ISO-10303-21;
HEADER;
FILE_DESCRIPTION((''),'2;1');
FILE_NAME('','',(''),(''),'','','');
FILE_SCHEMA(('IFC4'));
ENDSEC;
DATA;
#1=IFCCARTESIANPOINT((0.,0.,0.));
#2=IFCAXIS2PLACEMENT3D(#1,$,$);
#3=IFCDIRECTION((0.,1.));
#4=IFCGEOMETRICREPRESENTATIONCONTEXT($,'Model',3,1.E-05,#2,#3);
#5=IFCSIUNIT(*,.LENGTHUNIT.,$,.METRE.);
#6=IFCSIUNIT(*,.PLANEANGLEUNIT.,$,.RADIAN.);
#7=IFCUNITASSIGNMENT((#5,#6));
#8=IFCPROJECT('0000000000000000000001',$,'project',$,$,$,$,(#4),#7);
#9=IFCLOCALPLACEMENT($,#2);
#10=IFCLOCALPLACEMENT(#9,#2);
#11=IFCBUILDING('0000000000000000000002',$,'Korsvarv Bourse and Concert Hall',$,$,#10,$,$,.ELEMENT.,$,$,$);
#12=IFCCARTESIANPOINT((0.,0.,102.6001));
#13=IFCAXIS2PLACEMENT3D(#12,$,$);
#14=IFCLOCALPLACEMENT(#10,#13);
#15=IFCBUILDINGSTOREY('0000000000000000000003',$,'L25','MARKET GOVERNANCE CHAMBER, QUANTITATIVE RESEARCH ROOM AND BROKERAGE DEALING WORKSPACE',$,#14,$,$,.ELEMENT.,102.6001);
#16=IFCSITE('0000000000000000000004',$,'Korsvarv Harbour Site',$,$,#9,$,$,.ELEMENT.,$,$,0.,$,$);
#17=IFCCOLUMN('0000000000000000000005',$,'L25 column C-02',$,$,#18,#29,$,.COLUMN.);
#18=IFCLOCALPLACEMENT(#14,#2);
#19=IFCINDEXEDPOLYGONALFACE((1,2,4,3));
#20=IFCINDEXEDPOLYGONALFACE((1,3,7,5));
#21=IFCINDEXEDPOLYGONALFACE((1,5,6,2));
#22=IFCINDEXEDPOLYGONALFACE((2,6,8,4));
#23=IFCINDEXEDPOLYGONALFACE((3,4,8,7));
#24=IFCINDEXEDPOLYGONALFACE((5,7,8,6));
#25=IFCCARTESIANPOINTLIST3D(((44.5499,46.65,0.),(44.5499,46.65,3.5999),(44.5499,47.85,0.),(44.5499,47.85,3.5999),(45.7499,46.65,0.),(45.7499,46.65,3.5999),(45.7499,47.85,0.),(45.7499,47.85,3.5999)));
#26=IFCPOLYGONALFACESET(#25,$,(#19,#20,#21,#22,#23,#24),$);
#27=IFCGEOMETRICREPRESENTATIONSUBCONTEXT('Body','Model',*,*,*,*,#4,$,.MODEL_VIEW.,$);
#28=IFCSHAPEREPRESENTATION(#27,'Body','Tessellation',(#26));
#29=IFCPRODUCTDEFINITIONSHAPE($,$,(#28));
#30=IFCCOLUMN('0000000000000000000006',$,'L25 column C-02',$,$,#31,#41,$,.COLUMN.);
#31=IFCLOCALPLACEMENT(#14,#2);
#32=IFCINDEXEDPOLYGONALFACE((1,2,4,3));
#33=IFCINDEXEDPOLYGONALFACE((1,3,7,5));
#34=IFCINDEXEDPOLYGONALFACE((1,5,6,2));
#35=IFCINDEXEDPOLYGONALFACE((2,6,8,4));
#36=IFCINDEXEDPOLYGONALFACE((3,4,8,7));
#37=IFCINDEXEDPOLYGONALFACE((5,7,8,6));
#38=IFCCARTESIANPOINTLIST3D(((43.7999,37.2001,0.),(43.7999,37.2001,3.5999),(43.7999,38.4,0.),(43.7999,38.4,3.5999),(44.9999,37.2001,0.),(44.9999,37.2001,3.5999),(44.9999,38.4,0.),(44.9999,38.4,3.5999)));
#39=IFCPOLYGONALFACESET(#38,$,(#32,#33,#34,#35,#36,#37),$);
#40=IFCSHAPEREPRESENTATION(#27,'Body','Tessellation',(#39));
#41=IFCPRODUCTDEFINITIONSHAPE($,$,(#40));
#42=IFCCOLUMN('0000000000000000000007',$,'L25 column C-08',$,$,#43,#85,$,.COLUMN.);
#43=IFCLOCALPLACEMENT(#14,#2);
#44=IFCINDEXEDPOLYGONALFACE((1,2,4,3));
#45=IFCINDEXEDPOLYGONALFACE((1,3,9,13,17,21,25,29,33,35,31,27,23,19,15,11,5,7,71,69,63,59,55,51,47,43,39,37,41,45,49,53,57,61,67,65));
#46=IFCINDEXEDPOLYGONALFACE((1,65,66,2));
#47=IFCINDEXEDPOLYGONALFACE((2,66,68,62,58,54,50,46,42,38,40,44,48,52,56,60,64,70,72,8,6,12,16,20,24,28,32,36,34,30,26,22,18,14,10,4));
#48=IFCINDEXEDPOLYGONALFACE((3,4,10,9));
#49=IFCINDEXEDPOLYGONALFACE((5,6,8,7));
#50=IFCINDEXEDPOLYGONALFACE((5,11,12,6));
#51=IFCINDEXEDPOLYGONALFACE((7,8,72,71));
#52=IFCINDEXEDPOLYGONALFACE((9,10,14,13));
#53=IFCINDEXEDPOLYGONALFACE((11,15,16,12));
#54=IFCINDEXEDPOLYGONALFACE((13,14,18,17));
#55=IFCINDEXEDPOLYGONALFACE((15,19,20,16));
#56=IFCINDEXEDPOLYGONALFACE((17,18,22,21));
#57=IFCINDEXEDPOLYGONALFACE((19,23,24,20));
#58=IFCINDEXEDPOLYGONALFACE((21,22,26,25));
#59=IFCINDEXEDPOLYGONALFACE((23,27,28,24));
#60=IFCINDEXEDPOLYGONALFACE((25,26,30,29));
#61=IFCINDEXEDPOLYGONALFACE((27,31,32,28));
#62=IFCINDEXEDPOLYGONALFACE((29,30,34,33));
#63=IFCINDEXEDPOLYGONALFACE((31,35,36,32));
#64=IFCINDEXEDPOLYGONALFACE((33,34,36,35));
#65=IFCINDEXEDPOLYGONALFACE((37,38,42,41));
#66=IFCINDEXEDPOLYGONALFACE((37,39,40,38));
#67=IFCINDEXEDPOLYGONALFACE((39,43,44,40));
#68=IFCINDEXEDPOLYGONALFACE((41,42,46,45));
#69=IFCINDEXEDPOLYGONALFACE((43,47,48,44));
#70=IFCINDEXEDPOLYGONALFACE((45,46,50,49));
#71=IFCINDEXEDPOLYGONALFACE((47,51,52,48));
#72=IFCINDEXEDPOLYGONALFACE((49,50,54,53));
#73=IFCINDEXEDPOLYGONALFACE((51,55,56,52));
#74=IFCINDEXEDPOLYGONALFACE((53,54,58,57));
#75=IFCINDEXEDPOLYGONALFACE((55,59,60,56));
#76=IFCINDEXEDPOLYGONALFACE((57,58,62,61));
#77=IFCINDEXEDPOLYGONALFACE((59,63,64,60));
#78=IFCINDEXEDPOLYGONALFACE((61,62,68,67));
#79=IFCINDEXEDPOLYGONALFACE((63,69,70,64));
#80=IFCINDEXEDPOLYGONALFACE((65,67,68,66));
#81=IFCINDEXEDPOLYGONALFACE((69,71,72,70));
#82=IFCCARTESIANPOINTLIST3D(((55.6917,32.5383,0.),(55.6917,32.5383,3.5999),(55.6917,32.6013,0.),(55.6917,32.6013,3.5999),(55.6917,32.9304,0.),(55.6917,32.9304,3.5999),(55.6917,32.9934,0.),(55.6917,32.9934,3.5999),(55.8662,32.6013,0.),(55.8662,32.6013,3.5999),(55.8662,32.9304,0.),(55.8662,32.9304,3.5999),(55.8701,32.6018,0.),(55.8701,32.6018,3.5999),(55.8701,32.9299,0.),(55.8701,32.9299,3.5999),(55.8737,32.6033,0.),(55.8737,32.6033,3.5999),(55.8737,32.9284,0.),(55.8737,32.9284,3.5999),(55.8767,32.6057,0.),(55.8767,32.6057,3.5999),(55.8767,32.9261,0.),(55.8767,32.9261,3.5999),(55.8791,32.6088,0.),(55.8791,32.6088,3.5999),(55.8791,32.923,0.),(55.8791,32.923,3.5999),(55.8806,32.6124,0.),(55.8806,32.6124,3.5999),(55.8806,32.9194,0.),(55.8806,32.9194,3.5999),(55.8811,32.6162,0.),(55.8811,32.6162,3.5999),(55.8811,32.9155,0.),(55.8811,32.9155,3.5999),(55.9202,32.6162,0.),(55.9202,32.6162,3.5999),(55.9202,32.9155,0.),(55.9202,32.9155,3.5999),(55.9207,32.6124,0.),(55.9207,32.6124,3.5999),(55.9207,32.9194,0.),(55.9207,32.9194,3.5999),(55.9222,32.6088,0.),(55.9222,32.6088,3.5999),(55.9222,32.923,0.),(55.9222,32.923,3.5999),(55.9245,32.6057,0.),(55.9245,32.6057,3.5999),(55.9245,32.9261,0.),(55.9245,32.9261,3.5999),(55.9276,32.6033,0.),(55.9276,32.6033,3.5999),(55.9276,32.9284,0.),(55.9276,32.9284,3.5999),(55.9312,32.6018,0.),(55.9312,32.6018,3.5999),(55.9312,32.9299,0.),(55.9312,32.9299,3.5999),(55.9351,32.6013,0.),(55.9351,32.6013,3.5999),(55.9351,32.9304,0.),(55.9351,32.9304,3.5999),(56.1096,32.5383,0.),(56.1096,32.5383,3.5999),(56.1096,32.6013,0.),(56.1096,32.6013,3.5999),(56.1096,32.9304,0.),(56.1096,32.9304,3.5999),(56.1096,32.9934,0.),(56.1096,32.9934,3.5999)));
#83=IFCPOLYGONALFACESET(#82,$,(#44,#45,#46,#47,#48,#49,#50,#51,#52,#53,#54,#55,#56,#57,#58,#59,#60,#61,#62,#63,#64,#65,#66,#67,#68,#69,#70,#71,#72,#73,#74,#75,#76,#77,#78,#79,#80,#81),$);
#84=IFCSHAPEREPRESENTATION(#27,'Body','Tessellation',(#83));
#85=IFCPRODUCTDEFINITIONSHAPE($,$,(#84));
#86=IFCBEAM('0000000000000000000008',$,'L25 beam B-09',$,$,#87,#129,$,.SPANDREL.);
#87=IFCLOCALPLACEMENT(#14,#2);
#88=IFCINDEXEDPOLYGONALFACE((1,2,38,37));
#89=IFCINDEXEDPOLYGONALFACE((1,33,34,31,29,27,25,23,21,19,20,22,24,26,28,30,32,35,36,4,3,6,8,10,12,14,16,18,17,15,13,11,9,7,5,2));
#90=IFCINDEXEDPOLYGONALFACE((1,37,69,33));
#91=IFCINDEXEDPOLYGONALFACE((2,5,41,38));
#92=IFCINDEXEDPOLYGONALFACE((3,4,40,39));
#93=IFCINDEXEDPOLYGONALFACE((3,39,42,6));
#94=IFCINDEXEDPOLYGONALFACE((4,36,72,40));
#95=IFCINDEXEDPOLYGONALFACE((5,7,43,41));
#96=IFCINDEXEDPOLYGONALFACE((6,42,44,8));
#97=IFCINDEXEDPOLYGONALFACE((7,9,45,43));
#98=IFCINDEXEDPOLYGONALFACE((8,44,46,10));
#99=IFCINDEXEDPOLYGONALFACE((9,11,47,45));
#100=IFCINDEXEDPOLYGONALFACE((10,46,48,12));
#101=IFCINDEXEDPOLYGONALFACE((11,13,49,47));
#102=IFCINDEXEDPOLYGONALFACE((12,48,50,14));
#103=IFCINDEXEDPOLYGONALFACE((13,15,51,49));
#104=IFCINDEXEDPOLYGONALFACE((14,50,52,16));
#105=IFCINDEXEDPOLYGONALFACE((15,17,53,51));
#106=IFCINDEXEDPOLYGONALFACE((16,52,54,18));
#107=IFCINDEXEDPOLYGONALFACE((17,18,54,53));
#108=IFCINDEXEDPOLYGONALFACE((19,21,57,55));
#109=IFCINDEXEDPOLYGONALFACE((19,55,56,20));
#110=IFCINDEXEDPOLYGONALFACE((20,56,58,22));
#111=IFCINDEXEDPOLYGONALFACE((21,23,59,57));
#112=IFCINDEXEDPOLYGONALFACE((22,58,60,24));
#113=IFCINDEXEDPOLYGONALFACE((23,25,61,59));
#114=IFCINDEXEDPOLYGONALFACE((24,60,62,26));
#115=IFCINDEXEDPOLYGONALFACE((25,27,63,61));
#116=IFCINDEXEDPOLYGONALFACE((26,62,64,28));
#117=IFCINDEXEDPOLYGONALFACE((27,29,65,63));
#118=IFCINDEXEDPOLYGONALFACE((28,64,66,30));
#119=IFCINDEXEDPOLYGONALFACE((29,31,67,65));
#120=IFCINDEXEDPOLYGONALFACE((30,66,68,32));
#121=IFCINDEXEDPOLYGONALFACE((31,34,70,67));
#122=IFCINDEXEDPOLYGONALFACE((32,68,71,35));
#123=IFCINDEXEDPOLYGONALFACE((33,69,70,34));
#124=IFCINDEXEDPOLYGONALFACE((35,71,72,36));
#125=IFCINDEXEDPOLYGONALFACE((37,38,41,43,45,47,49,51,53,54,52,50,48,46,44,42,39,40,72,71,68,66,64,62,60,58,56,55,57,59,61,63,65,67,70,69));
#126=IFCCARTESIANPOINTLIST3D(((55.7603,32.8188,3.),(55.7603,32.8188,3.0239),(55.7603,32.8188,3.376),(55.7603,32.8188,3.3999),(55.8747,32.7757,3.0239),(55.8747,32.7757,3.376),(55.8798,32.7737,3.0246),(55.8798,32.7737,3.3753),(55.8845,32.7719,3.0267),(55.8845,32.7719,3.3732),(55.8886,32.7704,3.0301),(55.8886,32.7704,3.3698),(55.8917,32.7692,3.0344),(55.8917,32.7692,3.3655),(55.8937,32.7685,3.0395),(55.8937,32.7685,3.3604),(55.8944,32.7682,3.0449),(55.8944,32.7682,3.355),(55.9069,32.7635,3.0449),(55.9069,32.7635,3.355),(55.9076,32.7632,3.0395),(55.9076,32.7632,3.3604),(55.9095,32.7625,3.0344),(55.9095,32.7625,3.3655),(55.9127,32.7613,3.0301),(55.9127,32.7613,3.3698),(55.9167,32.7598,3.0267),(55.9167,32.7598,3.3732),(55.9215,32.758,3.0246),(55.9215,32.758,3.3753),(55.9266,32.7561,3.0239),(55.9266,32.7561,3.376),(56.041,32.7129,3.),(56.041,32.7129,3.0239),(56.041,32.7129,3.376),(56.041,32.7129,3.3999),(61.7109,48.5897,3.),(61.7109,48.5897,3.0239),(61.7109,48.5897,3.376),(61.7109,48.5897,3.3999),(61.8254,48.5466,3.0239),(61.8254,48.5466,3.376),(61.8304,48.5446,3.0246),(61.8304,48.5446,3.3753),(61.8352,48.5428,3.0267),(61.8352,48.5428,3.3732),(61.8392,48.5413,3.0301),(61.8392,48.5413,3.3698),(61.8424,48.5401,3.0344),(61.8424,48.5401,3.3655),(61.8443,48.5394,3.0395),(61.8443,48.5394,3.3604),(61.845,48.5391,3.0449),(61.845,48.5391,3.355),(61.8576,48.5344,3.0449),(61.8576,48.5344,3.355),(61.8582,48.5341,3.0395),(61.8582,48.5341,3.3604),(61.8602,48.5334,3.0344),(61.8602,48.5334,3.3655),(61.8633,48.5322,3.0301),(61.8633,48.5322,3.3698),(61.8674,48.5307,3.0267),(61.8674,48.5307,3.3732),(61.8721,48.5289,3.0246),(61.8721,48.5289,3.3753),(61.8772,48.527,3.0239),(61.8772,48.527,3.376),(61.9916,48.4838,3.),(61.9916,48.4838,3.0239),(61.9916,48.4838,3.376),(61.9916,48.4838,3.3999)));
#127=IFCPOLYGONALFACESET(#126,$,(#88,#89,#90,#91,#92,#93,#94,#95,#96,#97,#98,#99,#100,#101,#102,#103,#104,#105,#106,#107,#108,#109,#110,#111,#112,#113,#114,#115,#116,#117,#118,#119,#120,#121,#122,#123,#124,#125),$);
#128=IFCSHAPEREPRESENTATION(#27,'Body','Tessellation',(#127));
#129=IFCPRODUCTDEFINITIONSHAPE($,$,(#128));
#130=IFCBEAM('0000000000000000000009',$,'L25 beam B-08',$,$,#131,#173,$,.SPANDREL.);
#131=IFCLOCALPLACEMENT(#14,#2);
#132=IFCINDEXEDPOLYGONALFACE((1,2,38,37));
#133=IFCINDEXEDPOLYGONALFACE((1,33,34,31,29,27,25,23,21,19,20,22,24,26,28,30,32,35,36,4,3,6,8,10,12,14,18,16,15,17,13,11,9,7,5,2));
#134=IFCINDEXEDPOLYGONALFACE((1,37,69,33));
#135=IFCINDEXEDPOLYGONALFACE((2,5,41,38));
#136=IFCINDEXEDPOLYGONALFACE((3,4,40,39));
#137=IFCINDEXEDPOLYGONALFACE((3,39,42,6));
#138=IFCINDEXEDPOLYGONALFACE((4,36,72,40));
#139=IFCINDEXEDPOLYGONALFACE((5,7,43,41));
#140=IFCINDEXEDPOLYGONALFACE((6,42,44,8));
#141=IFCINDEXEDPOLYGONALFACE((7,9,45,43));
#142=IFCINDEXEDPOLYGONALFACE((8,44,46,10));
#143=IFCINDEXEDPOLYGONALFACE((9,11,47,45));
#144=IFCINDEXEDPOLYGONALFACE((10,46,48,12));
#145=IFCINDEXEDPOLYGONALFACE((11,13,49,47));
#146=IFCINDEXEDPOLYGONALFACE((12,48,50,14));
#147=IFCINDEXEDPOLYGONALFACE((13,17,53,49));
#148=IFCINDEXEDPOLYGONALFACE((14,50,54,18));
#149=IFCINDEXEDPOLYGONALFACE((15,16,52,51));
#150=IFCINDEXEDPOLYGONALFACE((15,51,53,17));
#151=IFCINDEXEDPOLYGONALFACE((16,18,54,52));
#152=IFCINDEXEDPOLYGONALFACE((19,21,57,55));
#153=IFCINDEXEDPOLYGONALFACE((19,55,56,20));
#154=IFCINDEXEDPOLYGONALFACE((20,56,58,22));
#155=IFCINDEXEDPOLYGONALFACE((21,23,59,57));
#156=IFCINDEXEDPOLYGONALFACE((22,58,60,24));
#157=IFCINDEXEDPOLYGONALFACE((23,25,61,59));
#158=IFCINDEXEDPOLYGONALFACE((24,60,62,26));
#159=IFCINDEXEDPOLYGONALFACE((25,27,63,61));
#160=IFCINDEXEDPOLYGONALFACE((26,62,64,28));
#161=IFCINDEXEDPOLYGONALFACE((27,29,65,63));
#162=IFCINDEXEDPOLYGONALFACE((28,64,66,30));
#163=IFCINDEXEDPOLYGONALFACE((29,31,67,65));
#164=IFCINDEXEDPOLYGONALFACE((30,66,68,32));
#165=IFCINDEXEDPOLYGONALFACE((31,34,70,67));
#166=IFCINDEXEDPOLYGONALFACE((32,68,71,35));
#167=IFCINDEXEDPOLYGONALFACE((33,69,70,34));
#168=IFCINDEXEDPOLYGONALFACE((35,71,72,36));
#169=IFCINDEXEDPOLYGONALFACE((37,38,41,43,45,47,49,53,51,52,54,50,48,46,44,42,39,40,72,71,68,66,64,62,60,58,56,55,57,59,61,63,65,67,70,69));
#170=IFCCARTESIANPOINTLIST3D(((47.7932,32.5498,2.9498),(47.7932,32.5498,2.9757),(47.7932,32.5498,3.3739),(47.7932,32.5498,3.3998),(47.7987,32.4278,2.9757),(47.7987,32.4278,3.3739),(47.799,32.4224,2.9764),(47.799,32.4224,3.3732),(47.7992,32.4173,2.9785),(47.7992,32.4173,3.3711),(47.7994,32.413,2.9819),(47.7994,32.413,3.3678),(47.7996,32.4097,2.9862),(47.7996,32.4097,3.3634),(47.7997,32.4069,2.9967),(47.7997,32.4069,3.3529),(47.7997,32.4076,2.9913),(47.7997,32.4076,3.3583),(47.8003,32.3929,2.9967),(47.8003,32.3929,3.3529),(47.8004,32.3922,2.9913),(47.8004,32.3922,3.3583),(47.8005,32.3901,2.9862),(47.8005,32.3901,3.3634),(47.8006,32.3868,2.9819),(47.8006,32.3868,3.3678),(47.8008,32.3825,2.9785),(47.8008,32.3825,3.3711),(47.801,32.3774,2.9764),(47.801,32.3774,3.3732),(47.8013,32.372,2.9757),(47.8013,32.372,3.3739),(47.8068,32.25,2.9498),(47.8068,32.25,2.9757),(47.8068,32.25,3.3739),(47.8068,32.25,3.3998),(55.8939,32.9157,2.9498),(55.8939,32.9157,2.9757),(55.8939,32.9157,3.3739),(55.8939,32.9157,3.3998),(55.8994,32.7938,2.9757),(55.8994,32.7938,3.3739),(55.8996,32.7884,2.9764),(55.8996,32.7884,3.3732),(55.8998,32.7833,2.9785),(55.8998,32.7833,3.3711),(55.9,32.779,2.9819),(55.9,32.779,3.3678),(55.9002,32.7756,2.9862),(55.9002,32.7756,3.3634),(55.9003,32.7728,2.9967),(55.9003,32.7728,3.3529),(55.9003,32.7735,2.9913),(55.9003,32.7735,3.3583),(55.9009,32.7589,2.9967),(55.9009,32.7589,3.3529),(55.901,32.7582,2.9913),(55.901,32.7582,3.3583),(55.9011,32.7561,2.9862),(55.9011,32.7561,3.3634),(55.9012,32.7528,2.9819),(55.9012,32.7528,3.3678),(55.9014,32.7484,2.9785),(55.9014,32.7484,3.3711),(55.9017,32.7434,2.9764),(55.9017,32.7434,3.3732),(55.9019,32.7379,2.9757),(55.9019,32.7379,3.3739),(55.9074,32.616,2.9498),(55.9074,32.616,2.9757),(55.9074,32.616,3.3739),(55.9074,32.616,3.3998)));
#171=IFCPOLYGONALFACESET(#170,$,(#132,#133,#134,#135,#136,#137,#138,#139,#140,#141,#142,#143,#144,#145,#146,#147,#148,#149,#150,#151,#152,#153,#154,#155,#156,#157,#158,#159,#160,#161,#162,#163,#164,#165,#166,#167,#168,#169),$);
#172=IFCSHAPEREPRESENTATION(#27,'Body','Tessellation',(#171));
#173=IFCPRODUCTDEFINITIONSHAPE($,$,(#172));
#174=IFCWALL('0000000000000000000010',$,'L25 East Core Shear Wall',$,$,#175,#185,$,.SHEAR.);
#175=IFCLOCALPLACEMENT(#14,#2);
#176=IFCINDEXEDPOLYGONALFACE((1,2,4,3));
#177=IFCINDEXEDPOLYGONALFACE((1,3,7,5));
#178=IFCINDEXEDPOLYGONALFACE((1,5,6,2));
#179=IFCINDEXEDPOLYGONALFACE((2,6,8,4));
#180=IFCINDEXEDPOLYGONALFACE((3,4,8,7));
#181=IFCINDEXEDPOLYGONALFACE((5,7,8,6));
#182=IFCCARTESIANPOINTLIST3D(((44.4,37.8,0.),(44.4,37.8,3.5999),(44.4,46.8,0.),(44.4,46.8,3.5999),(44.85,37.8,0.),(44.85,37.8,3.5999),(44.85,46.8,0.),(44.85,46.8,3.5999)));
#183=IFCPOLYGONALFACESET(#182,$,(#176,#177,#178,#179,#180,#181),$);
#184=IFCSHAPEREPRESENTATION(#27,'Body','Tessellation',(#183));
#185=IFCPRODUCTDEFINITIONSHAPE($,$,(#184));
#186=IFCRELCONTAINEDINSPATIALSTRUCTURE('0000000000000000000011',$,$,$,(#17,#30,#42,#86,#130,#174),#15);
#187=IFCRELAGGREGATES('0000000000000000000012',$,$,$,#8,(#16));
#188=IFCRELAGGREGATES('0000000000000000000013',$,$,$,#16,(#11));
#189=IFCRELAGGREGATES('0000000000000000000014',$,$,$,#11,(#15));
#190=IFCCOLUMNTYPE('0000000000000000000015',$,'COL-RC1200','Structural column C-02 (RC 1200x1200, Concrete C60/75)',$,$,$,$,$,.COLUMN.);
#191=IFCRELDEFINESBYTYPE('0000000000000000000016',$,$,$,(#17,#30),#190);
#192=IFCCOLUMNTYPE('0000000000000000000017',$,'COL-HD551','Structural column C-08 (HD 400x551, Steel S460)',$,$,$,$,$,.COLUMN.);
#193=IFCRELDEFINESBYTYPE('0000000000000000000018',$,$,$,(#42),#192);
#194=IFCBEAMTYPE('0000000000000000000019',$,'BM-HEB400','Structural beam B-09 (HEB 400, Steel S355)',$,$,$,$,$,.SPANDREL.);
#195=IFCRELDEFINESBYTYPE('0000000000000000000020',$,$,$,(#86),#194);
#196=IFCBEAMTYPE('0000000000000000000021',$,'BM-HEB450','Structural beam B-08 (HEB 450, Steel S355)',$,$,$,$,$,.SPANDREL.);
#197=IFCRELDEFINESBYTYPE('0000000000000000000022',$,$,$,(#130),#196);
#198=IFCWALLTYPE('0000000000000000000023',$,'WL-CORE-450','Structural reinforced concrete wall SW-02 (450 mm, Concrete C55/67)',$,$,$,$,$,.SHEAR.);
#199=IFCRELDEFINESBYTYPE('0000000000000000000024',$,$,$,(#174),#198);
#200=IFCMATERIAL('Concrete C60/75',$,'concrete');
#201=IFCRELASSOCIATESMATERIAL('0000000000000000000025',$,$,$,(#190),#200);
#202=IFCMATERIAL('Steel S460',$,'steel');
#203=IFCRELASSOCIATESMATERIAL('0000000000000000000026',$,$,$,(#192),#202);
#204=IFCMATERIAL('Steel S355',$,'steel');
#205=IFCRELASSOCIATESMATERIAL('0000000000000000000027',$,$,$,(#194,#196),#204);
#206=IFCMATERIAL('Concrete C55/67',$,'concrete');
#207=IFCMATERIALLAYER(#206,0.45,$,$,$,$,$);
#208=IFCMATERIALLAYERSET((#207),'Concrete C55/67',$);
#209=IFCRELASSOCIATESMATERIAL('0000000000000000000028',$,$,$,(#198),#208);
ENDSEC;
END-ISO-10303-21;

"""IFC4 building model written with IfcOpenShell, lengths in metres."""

from ifc_helpers import new_model, si_unit, direction, frame, frame_2d, origin, origin_2d, place, context, subcontext, project, spatial, rectangle, i_section, extrude, source, transform, mapped, material, layer, layer_set, material_profile, profile_set, type_object, element, save


model = new_model("IFC4")

# Units and contexts
model_context = context("Model", 3, precision=1e-05, world=origin(), true_north=direction((0.0, 1.0)))
body_context = subcontext(model_context, "Body", "Model", "MODEL_VIEW")
ifc_project = project(units=[si_unit("LENGTHUNIT", "METRE"), si_unit("PLANEANGLEUNIT", "RADIAN")], contexts=[model_context])

# Site, building, storey
site_placement = place(None, origin())
site = spatial("IfcSite", under=ifc_project, at=site_placement, Name="Korsvarv Harbour Site", CompositionType="ELEMENT", RefElevation=0.0)
building_placement = place(site_placement, origin())
building = spatial("IfcBuilding", under=site, at=building_placement, Name="Korsvarv Bourse and Concert Hall", CompositionType="ELEMENT")
storey_placement = place(building_placement, frame((0.0, 0.0, 102.6001)))
storey = spatial("IfcBuildingStorey", under=building, at=storey_placement, Name="L25", Description="MARKET GOVERNANCE CHAMBER, QUANTITATIVE RESEARCH ROOM AND BROKERAGE DEALING WORKSPACE", CompositionType="ELEMENT", Elevation=102.6001)

# Columns
ifc_material_1 = material(Name="Concrete C60/75", Category="concrete")
ifc_material_profile_1 = material_profile(ifc_material_1, rectangle(XDim=1.2, YDim=1.2, at=origin_2d()), Name="RC 1200x1200")
ifc_profile_set_1 = profile_set([ifc_material_profile_1], Name="Concrete C60/75")
column_type_1 = type_object("IfcColumnType", Name="COL-RC1200", Description="Structural column C-02 (RC 1200x1200, Concrete C60/75)", PredefinedType="COLUMN", material=ifc_profile_set_1)
shared_shape_1 = source(origin(), body_context, "Body", "SweptSolid", [
    extrude(rectangle(XDim=1.2, YDim=1.2, at=origin_2d()), origin(), (0.0, 0.0, 1.0), 3.5999),
])
for number, where, z_axis, x_axis, name in (
    (1, (45.1499, 47.25, 0.0), (0.0, 0.0, 1.0), (1.0, 0.0, 0.0), "L25 column C-02"),
    (2, (44.3999, 37.8, 0.0), (0.0, 0.0, 1.0), (1.0, 0.0, 0.0), "L25 column C-02"),
):
    element("IfcColumn", number, at=place(storey_placement, frame(where, z_axis=z_axis, x_axis=x_axis)), inside=storey, type_object=column_type_1, Name=name, PredefinedType="COLUMN", context=body_context, shape_type="MappedRepresentation", body=[
        mapped(shared_shape_1, transform((0.0, 0.0, 0.0), scale=1.0)),
    ])
ifc_material_2 = material(Name="Steel S460", Category="steel")
ifc_material_profile_2 = material_profile(ifc_material_2, i_section(OverallWidth=0.418, OverallDepth=0.4551, WebThickness=0.0391, FlangeThickness=0.063, FilletRadius=0.0149, at=origin_2d()), Name="HD 400x551")
ifc_profile_set_2 = profile_set([ifc_material_profile_2], Name="Steel S460")
column_type_2 = type_object("IfcColumnType", Name="COL-HD551", Description="Structural column C-08 (HD 400x551, Steel S460)", PredefinedType="COLUMN", material=ifc_profile_set_2)
shared_shape_2 = source(origin(), body_context, "Body", "SweptSolid", [
    extrude(i_section(OverallWidth=0.418, OverallDepth=0.4551, WebThickness=0.0391, FlangeThickness=0.063, FilletRadius=0.0149, at=origin_2d()), origin(), (0.0, 0.0, 1.0), 3.5999),
])
column_placement = place(storey_placement, frame((55.9006, 32.7659, 0.0), z_axis=(0.0, 0.0, 1.0), x_axis=(1.0, 0.0, 0.0)))
element("IfcColumn", 3, at=column_placement, inside=storey, type_object=column_type_2, Name="L25 column C-08", PredefinedType="COLUMN", context=body_context, shape_type="MappedRepresentation", body=[
    mapped(shared_shape_2, transform((0.0, 0.0, 0.0), scale=1.0)),
])

# Beams
ifc_material_3 = material(Name="Steel S355", Category="steel")
ifc_material_profile_3 = material_profile(ifc_material_3, i_section(OverallWidth=0.3, OverallDepth=0.3999, WebThickness=0.0134, FlangeThickness=0.0239, FilletRadius=0.021, at=origin_2d()), Name="HEB 400")
ifc_profile_set_3 = profile_set([ifc_material_profile_3], Name="Steel S355")
beam_type_1 = type_object("IfcBeamType", Name="BM-HEB400", Description="Structural beam B-09 (HEB 400, Steel S355)", PredefinedType="SPANDREL", material=ifc_profile_set_3)
shared_shape_3 = source(origin(), body_context, "Body", "SweptSolid", [
    extrude(i_section(OverallWidth=0.3, OverallDepth=0.3999, WebThickness=0.0134, FlangeThickness=0.0239, FilletRadius=0.021, at=origin_2d()), origin(), (0.0, 0.0, 1.0), 16.8562),
])
beam_1_placement = place(storey_placement, frame((55.9006, 32.7659, 3.2), z_axis=(0.353024, 0.935614, 0.0), x_axis=(-0.935614, 0.353024, 0.0)))
element("IfcBeam", 4, at=beam_1_placement, inside=storey, type_object=beam_type_1, Name="L25 beam B-09", PredefinedType="SPANDREL", context=body_context, shape_type="MappedRepresentation", body=[
    mapped(shared_shape_3, transform((0.0, 0.0, 0.0), scale=1.0)),
])
ifc_material_profile_4 = material_profile(ifc_material_3, i_section(OverallWidth=0.3, OverallDepth=0.45, WebThickness=0.0139, FlangeThickness=0.0259, FilletRadius=0.021, at=origin_2d()), Name="HEB 450")
ifc_profile_set_4 = profile_set([ifc_material_profile_4], Name="Steel S355")
beam_type_2 = type_object("IfcBeamType", Name="BM-HEB450", Description="Structural beam B-08 (HEB 450, Steel S355)", PredefinedType="SPANDREL", material=ifc_profile_set_4)
shared_shape_4 = source(origin(), body_context, "Body", "SweptSolid", [
    extrude(i_section(OverallWidth=0.3, OverallDepth=0.45, WebThickness=0.0139, FlangeThickness=0.0259, FilletRadius=0.021, at=origin_2d()), origin(), (0.0, 0.0, 1.0), 8.1089),
])
beam_2_placement = place(storey_placement, frame((55.9006, 32.7659, 3.1748), z_axis=(-0.998981, -0.045132, 0.0), x_axis=(0.045132, -0.998981, 0.0)))
element("IfcBeam", 5, at=beam_2_placement, inside=storey, type_object=beam_type_2, Name="L25 beam B-08", PredefinedType="SPANDREL", context=body_context, shape_type="MappedRepresentation", body=[
    mapped(shared_shape_4, transform((0.0, 0.0, 0.0), scale=1.0)),
])

# Wall
ifc_material_4 = material(Name="Concrete C55/67", Category="concrete")
ifc_layer_1 = layer(ifc_material_4, 0.45)
ifc_layer_set_1 = layer_set([ifc_layer_1], Name="Concrete C55/67")
wall_type_1 = type_object("IfcWallType", Name="WL-CORE-450", Description="Structural reinforced concrete wall SW-02 (450 mm, Concrete C55/67)", PredefinedType="SHEAR", material=ifc_layer_set_1)
wall_1_placement = place(storey_placement, frame((44.625, 37.8, 0.0), z_axis=(0.0, 0.0, 1.0), x_axis=(0.0, 1.0, 0.0)))
element("IfcWall", 6, at=wall_1_placement, inside=storey, type_object=wall_type_1, Name="L25 East Core Shear Wall", PredefinedType="SHEAR", context=body_context, shape_type="SweptSolid", body=[
    extrude(rectangle(XDim=9.0, YDim=0.45, at=frame_2d((4.5, 0.0))), origin(), (0.0, 0.0, 1.0), 3.5999),
])

save(model, "model.ifc")
